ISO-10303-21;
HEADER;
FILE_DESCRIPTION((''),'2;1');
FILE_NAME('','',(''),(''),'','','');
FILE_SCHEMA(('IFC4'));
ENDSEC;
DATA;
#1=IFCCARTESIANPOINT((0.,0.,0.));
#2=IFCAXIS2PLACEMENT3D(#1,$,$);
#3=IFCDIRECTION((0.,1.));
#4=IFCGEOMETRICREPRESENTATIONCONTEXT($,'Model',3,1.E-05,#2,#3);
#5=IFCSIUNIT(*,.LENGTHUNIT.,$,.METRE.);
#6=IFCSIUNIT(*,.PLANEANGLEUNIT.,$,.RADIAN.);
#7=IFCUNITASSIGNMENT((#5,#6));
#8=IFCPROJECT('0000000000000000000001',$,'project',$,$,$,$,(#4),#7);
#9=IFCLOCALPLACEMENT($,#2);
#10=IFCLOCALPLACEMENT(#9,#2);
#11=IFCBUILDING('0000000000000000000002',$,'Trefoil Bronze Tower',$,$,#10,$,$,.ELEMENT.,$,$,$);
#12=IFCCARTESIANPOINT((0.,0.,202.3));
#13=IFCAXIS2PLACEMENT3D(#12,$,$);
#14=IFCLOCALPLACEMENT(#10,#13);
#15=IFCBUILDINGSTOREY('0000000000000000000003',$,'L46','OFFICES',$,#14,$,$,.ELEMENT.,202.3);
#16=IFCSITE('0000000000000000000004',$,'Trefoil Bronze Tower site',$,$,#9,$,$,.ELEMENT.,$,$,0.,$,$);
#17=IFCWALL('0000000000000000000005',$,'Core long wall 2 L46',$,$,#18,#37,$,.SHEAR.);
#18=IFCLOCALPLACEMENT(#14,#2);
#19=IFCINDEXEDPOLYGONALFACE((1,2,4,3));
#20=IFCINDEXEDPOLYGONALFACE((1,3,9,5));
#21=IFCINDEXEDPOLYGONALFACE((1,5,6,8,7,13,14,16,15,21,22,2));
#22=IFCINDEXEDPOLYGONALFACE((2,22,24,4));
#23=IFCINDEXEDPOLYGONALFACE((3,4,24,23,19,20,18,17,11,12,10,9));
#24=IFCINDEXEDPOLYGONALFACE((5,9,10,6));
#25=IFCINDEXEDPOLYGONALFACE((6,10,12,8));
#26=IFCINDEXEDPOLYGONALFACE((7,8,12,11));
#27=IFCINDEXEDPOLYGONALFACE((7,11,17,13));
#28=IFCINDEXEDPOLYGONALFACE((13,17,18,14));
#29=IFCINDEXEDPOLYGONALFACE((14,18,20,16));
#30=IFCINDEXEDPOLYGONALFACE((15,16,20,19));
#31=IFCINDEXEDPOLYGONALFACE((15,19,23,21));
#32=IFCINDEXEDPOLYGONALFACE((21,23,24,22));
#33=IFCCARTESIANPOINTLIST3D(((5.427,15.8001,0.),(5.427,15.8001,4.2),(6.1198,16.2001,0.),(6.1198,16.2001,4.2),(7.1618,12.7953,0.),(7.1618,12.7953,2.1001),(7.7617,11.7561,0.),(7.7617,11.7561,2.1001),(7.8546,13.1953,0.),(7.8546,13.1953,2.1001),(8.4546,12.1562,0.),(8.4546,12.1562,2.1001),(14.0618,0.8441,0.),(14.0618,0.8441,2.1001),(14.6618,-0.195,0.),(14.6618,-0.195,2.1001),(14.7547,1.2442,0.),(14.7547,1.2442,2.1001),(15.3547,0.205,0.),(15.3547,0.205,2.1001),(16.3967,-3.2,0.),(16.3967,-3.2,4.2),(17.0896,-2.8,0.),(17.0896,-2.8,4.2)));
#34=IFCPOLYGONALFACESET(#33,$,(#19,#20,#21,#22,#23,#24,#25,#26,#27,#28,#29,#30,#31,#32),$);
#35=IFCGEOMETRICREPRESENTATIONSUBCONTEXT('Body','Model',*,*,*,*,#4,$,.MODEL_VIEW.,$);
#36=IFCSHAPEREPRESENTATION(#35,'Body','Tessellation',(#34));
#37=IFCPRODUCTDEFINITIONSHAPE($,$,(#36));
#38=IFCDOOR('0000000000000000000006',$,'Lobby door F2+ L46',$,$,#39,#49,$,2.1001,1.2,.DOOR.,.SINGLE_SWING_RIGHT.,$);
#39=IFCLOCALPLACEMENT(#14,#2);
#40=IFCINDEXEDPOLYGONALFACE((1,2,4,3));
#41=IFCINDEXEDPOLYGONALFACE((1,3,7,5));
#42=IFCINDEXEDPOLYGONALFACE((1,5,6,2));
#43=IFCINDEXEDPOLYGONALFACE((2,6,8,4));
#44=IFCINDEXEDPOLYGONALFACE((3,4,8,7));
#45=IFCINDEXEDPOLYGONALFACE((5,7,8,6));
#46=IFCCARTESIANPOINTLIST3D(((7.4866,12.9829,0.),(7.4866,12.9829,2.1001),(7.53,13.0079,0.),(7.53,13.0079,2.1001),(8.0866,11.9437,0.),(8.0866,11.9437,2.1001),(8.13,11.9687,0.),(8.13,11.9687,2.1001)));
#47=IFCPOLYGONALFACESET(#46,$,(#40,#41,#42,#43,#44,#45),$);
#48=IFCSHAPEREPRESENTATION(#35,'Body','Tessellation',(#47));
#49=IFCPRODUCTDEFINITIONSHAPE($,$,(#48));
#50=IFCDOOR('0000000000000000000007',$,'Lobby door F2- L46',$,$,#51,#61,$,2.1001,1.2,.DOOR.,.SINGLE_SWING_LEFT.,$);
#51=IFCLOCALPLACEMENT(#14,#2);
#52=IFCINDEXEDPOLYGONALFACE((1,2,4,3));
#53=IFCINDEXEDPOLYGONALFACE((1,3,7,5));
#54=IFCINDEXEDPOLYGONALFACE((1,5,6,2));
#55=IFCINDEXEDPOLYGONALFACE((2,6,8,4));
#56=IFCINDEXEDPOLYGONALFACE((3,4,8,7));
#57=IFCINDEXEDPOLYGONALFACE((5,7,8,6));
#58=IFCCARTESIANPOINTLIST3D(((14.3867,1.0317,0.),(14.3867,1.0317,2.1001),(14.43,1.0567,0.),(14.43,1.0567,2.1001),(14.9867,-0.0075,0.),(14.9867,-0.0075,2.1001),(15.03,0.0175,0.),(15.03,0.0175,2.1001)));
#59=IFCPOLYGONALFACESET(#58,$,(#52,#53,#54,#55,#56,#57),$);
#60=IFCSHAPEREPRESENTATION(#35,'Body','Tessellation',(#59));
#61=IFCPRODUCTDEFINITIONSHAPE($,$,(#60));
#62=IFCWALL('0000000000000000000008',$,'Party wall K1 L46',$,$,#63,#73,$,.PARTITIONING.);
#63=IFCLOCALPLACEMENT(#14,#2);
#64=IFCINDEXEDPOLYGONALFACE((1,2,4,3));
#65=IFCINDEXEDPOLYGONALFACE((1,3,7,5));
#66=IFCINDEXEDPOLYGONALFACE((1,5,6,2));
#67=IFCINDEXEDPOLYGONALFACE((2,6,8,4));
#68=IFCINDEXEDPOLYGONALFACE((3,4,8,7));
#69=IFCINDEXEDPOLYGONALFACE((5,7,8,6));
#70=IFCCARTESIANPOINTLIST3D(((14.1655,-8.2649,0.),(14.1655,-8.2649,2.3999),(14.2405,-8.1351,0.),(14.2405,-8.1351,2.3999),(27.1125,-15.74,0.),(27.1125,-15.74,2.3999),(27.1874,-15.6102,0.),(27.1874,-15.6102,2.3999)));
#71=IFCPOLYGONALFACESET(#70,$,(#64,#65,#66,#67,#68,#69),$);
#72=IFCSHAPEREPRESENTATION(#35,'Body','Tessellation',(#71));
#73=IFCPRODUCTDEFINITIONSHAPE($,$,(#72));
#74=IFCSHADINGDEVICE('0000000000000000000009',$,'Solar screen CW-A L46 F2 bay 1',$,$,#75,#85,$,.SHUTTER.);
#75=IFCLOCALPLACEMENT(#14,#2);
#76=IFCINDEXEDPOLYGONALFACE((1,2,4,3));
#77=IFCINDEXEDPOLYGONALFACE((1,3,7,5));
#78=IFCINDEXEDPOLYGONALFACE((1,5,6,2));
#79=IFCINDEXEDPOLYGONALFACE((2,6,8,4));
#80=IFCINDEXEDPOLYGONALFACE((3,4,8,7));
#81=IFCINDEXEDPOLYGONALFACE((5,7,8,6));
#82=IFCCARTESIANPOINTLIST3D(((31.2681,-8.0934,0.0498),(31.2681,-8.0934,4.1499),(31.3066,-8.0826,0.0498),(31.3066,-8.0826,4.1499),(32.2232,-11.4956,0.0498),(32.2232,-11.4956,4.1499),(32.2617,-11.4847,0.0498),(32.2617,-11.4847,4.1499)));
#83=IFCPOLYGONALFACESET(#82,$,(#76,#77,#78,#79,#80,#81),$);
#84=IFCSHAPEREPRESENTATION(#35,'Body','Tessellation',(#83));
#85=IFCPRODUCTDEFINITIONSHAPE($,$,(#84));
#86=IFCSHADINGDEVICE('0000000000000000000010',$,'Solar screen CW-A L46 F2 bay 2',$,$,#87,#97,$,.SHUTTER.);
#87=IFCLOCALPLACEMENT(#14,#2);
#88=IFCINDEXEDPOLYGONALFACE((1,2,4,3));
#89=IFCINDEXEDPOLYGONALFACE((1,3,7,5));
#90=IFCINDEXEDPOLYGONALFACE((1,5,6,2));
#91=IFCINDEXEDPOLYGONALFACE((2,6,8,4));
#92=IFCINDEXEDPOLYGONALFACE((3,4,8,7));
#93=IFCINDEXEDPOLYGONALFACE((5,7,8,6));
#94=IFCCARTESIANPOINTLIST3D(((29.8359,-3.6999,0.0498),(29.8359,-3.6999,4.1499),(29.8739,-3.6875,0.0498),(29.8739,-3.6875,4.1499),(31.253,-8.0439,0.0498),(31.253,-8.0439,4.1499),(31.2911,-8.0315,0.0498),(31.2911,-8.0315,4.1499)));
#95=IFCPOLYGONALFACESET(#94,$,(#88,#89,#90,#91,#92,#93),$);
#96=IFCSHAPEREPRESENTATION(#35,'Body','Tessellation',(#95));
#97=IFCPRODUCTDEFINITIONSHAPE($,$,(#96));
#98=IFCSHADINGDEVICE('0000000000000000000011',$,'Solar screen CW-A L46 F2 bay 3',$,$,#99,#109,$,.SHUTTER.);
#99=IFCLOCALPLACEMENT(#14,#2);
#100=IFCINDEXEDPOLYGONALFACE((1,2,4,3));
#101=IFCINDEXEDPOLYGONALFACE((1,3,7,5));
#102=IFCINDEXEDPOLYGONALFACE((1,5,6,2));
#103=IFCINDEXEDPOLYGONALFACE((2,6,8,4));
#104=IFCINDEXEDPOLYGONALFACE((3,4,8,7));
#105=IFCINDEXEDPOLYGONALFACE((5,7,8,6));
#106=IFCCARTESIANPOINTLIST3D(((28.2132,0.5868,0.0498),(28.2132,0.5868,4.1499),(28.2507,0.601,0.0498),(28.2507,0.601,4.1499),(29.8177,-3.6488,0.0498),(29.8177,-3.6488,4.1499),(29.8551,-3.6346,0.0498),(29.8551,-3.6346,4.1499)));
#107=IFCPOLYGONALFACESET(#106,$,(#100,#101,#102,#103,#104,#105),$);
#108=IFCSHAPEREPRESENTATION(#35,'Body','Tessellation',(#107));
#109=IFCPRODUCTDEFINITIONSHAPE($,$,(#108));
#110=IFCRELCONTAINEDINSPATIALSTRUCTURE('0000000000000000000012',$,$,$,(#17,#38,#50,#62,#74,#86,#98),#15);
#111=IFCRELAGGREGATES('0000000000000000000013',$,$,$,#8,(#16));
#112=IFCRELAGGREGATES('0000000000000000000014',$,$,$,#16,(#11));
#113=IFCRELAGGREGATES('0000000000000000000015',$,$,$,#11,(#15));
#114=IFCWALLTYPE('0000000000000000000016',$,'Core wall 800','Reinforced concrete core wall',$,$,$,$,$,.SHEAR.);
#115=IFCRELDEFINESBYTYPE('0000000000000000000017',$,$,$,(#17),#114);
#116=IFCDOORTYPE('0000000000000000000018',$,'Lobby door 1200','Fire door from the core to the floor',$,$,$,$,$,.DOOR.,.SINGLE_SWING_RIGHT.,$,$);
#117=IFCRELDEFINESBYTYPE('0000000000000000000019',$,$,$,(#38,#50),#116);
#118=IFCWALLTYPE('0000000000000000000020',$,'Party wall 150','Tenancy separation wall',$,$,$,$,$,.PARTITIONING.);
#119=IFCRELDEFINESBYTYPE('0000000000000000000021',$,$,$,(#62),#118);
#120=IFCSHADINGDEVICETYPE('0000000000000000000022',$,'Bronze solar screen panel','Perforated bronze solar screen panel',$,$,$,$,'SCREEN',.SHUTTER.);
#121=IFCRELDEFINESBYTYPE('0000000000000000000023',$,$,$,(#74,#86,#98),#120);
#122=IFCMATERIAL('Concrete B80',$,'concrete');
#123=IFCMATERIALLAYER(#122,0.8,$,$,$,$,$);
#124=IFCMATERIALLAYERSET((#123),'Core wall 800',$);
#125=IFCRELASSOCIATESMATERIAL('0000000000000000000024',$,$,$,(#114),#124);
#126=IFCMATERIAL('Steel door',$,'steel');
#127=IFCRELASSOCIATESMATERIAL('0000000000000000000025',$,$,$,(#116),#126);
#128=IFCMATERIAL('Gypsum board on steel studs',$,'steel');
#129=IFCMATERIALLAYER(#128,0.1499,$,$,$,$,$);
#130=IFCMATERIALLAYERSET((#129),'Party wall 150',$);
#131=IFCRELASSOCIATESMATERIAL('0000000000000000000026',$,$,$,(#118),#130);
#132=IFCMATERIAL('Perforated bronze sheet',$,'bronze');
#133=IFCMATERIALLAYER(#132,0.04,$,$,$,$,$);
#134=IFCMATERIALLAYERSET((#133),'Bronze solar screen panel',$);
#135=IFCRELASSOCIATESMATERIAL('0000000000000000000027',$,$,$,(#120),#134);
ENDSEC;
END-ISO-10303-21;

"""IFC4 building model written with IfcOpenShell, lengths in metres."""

from ifc_helpers import new_model, si_unit, direction, frame, frame_2d, origin, origin_2d, place, context, subcontext, project, spatial, rectangle, extrude, material, layer, layer_set, type_object, element, fill, save


model = new_model("IFC4")

# Units and contexts
model_context = context("Model", 3, precision=1e-05, world=origin(), true_north=direction((0.0, 1.0)))
body_context = subcontext(model_context, "Body", "Model", "MODEL_VIEW")
ifc_project = project(units=[si_unit("LENGTHUNIT", "METRE"), si_unit("PLANEANGLEUNIT", "RADIAN")], contexts=[model_context])

# Site, building, storey
site_placement = place(None, origin())
site = spatial("IfcSite", under=ifc_project, at=site_placement, Name="Trefoil Bronze Tower site", CompositionType="ELEMENT", RefElevation=0.0)
building_placement = place(site_placement, origin())
building = spatial("IfcBuilding", under=site, at=building_placement, Name="Trefoil Bronze Tower", CompositionType="ELEMENT")
storey_placement = place(building_placement, frame((0.0, 0.0, 202.3)))
storey = spatial("IfcBuildingStorey", under=building, at=storey_placement, Name="L46", Description="OFFICES", CompositionType="ELEMENT", Elevation=202.3)

# Wall, openings, doors
ifc_material_1 = material(Name="Concrete B80", Category="concrete")
ifc_layer_1 = layer(ifc_material_1, 0.8)
ifc_layer_set_1 = layer_set([ifc_layer_1], Name="Core wall 800")
wall_type_1 = type_object("IfcWallType", Name="Core wall 800", Description="Reinforced concrete core wall", PredefinedType="SHEAR", material=ifc_layer_set_1)
wall_1_placement = place(storey_placement, frame((16.7432, -3.0, 0.0), z_axis=(0.0, 0.0, 1.0), x_axis=(-0.500002, 0.866024, 0.0)))
wall_1 = element("IfcWall", 1, at=wall_1_placement, inside=storey, type_object=wall_type_1, Name="Core long wall 2 L46", PredefinedType="SHEAR", context=body_context, shape_type="SweptSolid", body=[
    extrude(rectangle(XDim=21.9395, YDim=0.8, at=frame_2d((10.9697, 0.0))), origin(), (0.0, 0.0, 1.0), 4.2),
])
opening_1_placement = place(wall_1_placement, frame((17.2698, 0.0, 0.0)))
opening_1 = element("IfcOpeningElement", 2, at=opening_1_placement, cuts=wall_1, PredefinedType="OPENING", context=body_context, shape_type="SweptSolid", body=[
    extrude(rectangle(XDim=1.2, YDim=2.1001, at=frame_2d((0.6001, 1.05))), frame((0.0, 0.4099, 0.0), z_axis=(0.0, -1.0, 0.0), x_axis=(1.0, 0.0, 0.0)), (0.0, 0.0, 1.0), 0.8201),
])
opening_2_placement = place(wall_1_placement, frame((3.4697, 0.0, 0.0)))
opening_2 = element("IfcOpeningElement", 3, at=opening_2_placement, cuts=wall_1, PredefinedType="OPENING", context=body_context, shape_type="SweptSolid", body=[
    extrude(rectangle(XDim=1.2, YDim=2.1001, at=frame_2d((0.6001, 1.05))), frame((0.0, 0.4099, 0.0), z_axis=(0.0, -1.0, 0.0), x_axis=(1.0, 0.0, 0.0)), (0.0, 0.0, 1.0), 0.8201),
])
ifc_material_2 = material(Name="Steel door", Category="steel")
door_type = type_object("IfcDoorType", Name="Lobby door 1200", Description="Fire door from the core to the floor", OperationType="SINGLE_SWING_RIGHT", PredefinedType="DOOR", material=ifc_material_2)
door_1_placement = place(opening_1_placement, origin())
door_1 = element("IfcDoor", 4, at=door_1_placement, inside=storey, type_object=door_type, Name="Lobby door F2+ L46", OperationType="SINGLE_SWING_RIGHT", OverallHeight=2.1001, OverallWidth=1.2, PredefinedType="DOOR", context=body_context, shape_type="SweptSolid", body=[
    extrude(rectangle(XDim=1.2, YDim=2.1001, at=frame_2d((0.6001, 1.05))), frame((0.0, 0.0249, 0.0), z_axis=(0.0, -1.0, 0.0), x_axis=(1.0, 0.0, 0.0)), (0.0, 0.0, 1.0), 0.05),
])
fill(opening_1, door_1)
door_2_placement = place(opening_2_placement, origin())
door_2 = element("IfcDoor", 5, at=door_2_placement, inside=storey, type_object=door_type, Name="Lobby door F2- L46", OperationType="SINGLE_SWING_LEFT", OverallHeight=2.1001, OverallWidth=1.2, PredefinedType="DOOR", context=body_context, shape_type="SweptSolid", body=[
    extrude(rectangle(XDim=1.2, YDim=2.1001, at=frame_2d((0.6001, 1.05))), frame((0.0, 0.0249, 0.0), z_axis=(0.0, -1.0, 0.0), x_axis=(1.0, 0.0, 0.0)), (0.0, 0.0, 1.0), 0.05),
])
fill(opening_2, door_2)

# Wall
ifc_material_3 = material(Name="Gypsum board on steel studs", Category="steel")
ifc_layer_2 = layer(ifc_material_3, 0.1499)
ifc_layer_set_2 = layer_set([ifc_layer_2], Name="Party wall 150")
wall_type_2 = type_object("IfcWallType", Name="Party wall 150", Description="Tenancy separation wall", PredefinedType="PARTITIONING", material=ifc_layer_set_2)
wall_2_placement = place(storey_placement, frame((14.2029, -8.2, 0.0), z_axis=(0.0, 0.0, 1.0), x_axis=(0.866022, -0.500007, 0.0)))
element("IfcWall", 6, at=wall_2_placement, inside=storey, type_object=wall_type_2, Name="Party wall K1 L46", PredefinedType="PARTITIONING", context=body_context, shape_type="SweptSolid", body=[
    extrude(rectangle(XDim=14.95, YDim=0.1499, at=frame_2d((7.4751, 0.0))), origin(), (0.0, 0.0, 1.0), 2.3999),
])

# Shading devices
ifc_material_4 = material(Name="Perforated bronze sheet", Category="bronze")
ifc_layer_3 = layer(ifc_material_4, 0.04)
ifc_layer_set_3 = layer_set([ifc_layer_3], Name="Bronze solar screen panel")
shading_device_type = type_object("IfcShadingDeviceType", Name="Bronze solar screen panel", Description="Perforated bronze solar screen panel", ElementType="SCREEN", PredefinedType="SHUTTER", material=ifc_layer_set_3)
shading_device_1_placement = place(storey_placement, frame((31.7649, -9.7891, 0.0498), z_axis=(0.0, 0.0, 1.0), x_axis=(-0.270282, 0.962781, 0.0)))
element("IfcShadingDevice", 7, at=shading_device_1_placement, inside=storey, type_object=shading_device_type, Name="Solar screen CW-A L46 F2 bay 1", PredefinedType="SHUTTER", context=body_context, shape_type="SweptSolid", body=[
    extrude(rectangle(XDim=3.5337, YDim=0.04, at=origin_2d()), origin(), (0.0, 0.0, 1.0), 4.1001),
])
shading_device_2_placement = place(storey_placement, frame((30.5635, -5.8657, 0.0498), z_axis=(0.0, 0.0, 1.0), x_axis=(-0.310149, 0.950688, 0.0)))
element("IfcShadingDevice", 8, at=shading_device_2_placement, inside=storey, type_object=shading_device_type, Name="Solar screen CW-A L46 F2 bay 2", PredefinedType="SHUTTER", context=body_context, shape_type="SweptSolid", body=[
    extrude(rectangle(XDim=4.5693, YDim=0.04, at=origin_2d()), origin(), (0.0, 0.0, 1.0), 4.1001),
])
shading_device_3_placement = place(storey_placement, frame((29.0342, -1.5239, 0.0498), z_axis=(0.0, 0.0, 1.0), x_axis=(-0.354234, 0.935157, 0.0)))
element("IfcShadingDevice", 9, at=shading_device_3_placement, inside=storey, type_object=shading_device_type, Name="Solar screen CW-A L46 F2 bay 3", PredefinedType="SHUTTER", context=body_context, shape_type="SweptSolid", body=[
    extrude(rectangle(XDim=4.5293, YDim=0.04, at=origin_2d()), origin(), (0.0, 0.0, 1.0), 4.1001),
])

save(model, "model.ifc")
